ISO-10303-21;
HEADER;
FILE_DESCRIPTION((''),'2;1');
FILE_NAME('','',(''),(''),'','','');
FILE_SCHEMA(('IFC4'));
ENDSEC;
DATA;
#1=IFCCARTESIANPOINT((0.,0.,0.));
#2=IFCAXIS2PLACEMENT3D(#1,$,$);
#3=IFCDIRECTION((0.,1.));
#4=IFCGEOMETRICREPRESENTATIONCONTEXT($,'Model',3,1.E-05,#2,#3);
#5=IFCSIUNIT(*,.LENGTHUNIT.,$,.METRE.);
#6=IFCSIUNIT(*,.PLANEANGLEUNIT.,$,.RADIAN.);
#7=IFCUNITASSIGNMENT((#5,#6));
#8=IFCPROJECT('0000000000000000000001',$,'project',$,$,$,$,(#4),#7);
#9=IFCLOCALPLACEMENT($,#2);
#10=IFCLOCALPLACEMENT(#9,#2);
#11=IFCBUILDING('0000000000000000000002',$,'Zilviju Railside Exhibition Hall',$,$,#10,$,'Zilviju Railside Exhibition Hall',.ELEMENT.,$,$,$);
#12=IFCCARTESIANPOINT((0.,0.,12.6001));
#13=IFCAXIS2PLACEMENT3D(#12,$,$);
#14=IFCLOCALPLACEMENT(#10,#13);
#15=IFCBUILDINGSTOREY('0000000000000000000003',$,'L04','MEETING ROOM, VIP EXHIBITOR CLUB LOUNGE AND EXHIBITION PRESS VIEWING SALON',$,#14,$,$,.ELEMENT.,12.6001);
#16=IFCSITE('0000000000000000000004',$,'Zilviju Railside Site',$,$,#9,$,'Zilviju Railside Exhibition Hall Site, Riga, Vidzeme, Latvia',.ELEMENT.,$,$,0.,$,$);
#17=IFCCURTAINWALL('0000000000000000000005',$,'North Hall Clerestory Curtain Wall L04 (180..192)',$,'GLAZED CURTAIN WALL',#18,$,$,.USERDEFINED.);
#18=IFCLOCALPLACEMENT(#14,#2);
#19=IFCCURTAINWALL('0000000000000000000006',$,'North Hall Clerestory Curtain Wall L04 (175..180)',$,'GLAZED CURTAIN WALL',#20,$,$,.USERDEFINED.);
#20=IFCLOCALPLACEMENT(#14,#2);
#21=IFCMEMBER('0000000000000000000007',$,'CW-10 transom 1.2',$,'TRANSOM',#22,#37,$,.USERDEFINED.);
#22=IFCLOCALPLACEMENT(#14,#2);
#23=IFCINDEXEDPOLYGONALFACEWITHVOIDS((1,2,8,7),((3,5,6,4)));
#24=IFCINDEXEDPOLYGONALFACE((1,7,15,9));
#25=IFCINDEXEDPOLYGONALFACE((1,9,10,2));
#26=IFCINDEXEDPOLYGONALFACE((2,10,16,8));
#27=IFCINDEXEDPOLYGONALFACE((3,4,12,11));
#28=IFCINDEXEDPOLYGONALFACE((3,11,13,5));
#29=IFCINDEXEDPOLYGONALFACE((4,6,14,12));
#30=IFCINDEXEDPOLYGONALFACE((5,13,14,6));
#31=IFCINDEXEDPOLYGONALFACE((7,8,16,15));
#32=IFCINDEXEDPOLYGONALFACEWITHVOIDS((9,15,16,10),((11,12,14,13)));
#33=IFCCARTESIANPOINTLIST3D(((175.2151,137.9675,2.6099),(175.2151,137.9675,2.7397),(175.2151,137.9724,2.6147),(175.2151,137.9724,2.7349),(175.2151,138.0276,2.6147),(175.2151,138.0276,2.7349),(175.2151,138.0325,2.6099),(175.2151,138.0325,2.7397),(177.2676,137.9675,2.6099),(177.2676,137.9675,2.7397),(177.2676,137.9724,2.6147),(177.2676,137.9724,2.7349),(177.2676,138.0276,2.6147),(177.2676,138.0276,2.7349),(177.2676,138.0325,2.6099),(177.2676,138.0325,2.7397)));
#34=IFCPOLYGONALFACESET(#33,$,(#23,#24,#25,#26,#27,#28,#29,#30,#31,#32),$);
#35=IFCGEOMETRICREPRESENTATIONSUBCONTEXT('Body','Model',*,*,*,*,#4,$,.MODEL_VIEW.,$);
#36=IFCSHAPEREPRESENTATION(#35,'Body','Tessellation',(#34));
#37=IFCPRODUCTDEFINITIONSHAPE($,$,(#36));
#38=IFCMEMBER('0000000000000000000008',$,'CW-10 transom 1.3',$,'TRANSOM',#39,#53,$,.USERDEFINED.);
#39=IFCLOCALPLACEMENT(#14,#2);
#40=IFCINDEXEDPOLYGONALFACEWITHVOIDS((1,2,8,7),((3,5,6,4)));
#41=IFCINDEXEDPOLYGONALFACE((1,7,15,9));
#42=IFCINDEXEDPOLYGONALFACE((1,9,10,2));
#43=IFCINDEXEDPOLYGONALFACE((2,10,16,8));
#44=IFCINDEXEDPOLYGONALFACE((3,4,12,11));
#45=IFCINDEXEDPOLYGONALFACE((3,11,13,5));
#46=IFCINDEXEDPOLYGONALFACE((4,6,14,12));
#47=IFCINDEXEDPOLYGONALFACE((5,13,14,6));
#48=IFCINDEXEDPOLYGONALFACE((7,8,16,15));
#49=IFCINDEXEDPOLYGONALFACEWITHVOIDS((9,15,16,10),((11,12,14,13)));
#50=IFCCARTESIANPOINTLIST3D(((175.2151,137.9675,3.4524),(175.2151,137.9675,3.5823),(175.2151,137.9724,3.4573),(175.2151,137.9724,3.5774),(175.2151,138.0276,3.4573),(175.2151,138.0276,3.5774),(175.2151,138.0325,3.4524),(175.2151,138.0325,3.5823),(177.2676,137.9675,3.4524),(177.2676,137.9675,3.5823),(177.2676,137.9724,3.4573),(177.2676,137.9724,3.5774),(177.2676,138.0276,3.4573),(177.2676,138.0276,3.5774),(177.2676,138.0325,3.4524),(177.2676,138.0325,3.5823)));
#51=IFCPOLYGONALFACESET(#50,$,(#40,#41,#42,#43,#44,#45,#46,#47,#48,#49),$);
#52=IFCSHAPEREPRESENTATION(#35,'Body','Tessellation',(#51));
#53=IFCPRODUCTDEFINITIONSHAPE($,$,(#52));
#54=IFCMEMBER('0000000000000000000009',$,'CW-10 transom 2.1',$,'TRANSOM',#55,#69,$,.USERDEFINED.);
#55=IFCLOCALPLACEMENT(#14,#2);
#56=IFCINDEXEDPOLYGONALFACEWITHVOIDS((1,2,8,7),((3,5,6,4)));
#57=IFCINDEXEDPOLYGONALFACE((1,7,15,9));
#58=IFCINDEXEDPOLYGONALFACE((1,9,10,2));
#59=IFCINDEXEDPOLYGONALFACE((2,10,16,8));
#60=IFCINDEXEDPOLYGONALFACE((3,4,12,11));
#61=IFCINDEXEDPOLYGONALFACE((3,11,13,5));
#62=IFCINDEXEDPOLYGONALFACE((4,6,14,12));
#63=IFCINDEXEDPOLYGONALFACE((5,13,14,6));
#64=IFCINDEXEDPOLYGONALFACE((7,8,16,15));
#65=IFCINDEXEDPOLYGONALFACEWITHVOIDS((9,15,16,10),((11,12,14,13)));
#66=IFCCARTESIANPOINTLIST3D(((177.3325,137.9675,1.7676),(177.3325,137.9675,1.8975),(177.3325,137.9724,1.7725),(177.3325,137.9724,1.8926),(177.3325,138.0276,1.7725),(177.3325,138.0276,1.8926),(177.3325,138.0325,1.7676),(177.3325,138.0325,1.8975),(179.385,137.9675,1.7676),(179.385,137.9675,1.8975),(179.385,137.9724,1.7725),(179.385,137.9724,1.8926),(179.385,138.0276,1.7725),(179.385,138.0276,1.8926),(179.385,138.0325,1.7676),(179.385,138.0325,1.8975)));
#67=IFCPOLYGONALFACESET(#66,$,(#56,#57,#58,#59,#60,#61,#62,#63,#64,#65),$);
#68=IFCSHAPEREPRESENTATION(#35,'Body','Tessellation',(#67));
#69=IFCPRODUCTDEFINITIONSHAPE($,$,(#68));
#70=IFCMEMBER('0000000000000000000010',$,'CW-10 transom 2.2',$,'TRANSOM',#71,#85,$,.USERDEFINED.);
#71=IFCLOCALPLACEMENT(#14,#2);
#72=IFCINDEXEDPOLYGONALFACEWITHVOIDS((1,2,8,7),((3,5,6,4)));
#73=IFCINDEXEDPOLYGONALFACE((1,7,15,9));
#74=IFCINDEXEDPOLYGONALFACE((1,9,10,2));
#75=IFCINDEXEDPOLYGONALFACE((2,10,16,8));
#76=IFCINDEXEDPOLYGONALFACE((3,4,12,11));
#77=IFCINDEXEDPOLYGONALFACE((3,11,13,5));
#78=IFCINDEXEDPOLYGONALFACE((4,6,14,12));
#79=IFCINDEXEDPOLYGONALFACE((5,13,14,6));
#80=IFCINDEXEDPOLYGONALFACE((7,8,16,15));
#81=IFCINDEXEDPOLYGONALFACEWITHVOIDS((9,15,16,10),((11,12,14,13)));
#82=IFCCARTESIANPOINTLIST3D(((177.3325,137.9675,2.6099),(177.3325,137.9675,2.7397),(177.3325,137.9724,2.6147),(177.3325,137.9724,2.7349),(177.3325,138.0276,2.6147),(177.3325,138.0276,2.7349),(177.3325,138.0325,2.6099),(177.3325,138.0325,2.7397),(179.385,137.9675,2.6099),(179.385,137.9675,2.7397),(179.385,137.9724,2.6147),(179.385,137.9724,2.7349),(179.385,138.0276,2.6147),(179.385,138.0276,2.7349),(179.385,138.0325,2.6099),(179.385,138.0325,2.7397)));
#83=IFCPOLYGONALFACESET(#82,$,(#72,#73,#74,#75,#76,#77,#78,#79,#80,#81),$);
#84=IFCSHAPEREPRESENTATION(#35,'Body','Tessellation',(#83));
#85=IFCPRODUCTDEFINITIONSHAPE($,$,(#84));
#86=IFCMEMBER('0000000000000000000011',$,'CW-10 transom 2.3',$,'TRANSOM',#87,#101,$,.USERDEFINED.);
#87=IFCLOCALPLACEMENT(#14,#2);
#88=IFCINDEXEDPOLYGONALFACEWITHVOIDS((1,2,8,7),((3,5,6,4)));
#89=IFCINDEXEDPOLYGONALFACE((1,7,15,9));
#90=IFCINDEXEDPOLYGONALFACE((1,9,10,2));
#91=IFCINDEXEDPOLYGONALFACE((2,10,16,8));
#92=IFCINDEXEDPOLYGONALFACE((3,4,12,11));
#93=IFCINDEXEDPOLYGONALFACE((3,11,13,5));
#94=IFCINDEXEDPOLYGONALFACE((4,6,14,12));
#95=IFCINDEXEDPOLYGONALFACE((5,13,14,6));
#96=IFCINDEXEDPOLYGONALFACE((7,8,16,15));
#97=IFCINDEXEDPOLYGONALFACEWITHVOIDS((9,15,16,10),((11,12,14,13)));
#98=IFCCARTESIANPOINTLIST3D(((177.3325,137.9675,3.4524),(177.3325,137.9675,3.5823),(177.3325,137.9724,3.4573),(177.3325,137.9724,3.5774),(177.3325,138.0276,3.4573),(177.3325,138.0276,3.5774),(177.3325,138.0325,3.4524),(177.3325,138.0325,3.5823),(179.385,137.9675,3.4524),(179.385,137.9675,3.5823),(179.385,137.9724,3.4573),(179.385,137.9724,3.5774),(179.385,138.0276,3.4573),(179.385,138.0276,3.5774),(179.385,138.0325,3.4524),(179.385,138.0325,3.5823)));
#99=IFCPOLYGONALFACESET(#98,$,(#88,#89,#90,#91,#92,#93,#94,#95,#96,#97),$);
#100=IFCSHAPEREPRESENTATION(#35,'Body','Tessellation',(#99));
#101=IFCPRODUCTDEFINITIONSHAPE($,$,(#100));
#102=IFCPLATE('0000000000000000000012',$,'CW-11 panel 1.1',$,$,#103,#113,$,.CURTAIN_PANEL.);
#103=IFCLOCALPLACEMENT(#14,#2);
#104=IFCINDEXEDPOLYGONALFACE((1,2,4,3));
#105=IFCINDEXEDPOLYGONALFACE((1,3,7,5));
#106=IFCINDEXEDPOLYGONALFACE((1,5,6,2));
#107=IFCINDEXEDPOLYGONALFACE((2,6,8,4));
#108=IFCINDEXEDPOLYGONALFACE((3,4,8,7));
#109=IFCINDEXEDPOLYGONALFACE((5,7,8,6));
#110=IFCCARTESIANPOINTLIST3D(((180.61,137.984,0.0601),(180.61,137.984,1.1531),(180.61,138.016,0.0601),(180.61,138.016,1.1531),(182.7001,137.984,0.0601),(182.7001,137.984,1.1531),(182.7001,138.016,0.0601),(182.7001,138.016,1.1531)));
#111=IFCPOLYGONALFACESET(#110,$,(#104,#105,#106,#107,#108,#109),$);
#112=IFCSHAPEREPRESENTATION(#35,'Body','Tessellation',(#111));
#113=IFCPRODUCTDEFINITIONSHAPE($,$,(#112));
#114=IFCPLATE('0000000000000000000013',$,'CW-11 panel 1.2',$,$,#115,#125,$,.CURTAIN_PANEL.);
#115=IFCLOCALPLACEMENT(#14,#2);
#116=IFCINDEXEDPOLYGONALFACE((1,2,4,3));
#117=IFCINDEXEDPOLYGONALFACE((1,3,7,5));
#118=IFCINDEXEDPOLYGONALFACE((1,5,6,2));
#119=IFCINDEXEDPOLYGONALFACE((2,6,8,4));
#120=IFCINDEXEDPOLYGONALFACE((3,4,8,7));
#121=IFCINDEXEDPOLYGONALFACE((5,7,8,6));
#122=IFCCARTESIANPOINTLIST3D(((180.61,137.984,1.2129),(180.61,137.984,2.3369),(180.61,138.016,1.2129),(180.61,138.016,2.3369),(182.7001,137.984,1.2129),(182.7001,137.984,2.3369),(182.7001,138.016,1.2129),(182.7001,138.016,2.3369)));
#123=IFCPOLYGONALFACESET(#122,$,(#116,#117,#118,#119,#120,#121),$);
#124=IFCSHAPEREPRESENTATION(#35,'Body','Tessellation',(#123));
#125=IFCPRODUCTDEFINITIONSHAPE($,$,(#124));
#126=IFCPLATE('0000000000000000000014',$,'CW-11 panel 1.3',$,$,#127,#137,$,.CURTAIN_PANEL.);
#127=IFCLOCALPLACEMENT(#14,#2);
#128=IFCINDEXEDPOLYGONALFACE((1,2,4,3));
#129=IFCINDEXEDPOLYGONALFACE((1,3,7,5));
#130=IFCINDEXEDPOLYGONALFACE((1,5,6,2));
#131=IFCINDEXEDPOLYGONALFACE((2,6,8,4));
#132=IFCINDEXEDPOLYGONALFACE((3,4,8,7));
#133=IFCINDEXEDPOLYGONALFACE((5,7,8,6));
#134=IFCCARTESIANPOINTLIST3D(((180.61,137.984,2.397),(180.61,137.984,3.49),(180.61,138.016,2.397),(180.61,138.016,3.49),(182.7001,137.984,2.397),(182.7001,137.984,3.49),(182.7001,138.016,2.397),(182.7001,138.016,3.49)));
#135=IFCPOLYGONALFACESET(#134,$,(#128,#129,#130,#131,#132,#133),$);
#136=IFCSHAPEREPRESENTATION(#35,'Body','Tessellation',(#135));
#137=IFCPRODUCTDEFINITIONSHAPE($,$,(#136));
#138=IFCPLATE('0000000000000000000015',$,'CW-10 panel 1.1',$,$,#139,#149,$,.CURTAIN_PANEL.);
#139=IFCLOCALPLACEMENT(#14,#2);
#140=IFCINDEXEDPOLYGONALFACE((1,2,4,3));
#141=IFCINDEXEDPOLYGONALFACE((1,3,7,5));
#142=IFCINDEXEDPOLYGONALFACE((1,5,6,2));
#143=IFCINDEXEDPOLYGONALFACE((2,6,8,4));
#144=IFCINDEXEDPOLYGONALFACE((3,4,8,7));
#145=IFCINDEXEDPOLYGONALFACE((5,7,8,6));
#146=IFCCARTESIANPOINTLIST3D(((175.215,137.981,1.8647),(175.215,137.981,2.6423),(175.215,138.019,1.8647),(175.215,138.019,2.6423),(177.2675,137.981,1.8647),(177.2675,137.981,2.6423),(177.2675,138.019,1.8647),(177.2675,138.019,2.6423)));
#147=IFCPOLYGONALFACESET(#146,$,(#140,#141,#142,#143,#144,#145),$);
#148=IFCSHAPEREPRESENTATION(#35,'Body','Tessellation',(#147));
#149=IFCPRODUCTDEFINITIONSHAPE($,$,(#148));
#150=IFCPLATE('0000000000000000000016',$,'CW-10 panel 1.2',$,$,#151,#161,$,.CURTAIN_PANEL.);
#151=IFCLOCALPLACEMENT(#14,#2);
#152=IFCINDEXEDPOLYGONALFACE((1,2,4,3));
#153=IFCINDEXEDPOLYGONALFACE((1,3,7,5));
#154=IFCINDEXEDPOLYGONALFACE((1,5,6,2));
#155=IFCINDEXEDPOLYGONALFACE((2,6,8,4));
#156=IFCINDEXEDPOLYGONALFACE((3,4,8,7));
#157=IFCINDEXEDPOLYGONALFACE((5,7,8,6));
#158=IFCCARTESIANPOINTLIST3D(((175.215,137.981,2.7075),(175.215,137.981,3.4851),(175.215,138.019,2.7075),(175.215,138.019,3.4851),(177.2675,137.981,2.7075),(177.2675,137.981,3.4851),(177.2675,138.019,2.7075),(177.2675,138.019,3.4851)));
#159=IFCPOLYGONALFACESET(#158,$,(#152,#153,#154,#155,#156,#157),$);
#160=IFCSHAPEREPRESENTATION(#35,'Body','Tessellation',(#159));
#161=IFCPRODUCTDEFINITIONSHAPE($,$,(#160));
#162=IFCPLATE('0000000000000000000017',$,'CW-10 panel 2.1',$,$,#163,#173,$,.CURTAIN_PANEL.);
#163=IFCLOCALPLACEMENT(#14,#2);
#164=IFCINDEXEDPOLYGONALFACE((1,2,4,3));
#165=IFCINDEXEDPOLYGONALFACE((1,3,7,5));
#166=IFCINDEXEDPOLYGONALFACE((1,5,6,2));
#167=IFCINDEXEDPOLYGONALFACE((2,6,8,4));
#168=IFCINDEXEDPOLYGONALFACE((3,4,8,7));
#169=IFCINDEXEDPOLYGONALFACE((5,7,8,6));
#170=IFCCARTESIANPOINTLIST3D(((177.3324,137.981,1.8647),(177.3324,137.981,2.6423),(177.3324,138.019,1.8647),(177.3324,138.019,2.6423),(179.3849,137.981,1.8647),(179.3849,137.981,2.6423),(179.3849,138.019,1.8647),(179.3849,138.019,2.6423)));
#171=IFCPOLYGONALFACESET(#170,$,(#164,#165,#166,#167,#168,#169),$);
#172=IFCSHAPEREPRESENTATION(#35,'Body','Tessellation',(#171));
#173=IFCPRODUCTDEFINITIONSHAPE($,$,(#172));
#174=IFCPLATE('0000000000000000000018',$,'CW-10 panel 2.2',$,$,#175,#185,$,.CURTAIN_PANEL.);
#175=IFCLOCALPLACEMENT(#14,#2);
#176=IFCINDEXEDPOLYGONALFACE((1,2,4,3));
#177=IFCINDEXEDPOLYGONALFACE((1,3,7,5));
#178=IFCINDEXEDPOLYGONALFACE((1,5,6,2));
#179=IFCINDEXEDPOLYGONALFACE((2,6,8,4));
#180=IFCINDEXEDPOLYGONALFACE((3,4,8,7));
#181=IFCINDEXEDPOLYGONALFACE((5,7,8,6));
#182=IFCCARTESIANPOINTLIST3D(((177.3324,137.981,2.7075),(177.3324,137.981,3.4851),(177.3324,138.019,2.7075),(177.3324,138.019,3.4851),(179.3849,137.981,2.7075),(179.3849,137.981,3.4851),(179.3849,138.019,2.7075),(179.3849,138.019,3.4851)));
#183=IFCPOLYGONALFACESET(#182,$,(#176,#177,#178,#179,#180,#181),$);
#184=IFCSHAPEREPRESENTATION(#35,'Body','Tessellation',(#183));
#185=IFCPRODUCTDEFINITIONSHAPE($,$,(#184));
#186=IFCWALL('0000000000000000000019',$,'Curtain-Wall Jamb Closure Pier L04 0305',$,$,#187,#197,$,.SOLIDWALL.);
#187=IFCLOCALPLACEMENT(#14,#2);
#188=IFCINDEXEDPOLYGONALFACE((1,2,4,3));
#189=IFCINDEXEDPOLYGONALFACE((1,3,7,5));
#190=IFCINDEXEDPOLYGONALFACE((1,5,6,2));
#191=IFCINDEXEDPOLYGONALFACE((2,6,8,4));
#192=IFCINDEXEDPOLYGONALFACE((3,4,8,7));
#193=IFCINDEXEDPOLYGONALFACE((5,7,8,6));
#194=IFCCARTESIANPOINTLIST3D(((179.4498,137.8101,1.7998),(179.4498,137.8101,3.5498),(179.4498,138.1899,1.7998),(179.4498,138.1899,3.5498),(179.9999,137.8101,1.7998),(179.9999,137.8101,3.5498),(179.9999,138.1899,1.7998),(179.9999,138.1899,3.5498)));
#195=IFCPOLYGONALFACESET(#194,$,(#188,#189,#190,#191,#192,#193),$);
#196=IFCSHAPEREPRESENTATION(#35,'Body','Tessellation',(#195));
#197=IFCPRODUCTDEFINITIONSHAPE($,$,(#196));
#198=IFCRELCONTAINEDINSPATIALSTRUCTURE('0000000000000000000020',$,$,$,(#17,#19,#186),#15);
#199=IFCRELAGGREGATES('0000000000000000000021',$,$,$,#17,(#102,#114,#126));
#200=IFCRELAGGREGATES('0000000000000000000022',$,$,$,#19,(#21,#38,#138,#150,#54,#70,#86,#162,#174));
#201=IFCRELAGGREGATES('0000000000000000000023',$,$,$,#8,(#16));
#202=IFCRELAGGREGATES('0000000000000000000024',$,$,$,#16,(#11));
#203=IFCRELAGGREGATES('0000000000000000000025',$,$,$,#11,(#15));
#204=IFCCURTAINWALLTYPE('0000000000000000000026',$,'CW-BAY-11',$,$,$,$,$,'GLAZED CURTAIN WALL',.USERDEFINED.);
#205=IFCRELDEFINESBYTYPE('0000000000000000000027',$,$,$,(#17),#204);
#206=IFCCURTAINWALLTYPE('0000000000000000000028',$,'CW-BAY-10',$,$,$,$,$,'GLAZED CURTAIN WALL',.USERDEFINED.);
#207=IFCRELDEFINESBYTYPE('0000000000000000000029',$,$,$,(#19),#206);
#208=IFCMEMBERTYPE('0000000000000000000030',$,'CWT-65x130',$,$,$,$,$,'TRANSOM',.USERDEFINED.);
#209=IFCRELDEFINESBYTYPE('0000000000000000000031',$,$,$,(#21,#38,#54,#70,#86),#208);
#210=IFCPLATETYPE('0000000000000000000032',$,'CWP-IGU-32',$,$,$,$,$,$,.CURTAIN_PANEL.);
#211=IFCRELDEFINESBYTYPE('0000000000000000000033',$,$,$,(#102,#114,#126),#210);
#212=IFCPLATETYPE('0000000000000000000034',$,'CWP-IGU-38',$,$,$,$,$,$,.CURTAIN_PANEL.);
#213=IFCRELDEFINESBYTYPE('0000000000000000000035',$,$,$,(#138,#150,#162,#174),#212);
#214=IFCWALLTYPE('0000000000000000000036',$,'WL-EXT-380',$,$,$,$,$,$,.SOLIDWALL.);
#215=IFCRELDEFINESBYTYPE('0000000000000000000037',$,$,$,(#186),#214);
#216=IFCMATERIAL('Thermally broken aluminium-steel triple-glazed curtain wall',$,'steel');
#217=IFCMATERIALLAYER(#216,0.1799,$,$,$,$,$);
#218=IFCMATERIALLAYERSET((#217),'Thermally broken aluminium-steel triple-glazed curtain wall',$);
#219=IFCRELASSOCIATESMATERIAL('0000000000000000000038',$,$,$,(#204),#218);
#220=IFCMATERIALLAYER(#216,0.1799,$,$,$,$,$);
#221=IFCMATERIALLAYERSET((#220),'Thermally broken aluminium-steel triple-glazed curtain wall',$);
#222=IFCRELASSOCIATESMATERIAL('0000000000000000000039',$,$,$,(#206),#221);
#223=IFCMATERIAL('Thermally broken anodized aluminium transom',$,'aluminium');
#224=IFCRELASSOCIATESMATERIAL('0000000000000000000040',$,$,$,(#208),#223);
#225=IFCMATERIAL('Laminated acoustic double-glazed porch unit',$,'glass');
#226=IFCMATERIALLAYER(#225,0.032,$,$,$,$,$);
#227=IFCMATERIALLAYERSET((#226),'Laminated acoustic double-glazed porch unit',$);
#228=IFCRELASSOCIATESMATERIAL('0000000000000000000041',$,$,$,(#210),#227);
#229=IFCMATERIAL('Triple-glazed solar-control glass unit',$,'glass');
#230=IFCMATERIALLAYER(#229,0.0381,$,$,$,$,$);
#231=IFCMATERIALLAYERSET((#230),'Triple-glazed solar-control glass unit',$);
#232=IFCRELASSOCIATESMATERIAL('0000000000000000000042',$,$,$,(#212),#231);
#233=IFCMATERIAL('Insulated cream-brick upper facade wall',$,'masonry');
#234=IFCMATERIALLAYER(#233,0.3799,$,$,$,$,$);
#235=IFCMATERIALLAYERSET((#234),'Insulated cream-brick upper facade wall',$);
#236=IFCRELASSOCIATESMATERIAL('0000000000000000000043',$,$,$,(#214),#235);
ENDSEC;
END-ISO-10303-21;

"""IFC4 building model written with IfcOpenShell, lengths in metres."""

from ifc_helpers import new_model, si_unit, direction, frame, frame_2d, origin, origin_2d, place, context, subcontext, project, spatial, rectangle, hollow_rectangle, extrude, material, layer, layer_set, material_profile, profile_set, type_object, element, aggregate, save


model = new_model("IFC4")

# Units and contexts
model_context = context("Model", 3, precision=1e-05, world=origin(), true_north=direction((0.0, 1.0)))
body_context = subcontext(model_context, "Body", "Model", "MODEL_VIEW")
ifc_project = project(units=[si_unit("LENGTHUNIT", "METRE"), si_unit("PLANEANGLEUNIT", "RADIAN")], contexts=[model_context])

# Site, building, storey
site_placement = place(None, origin())
site = spatial("IfcSite", under=ifc_project, at=site_placement, Name="Zilviju Railside Site", LongName="Zilviju Railside Exhibition Hall Site, Riga, Vidzeme, Latvia", CompositionType="ELEMENT", RefElevation=0.0)
building_placement = place(site_placement, origin())
building = spatial("IfcBuilding", under=site, at=building_placement, Name="Zilviju Railside Exhibition Hall", LongName="Zilviju Railside Exhibition Hall", CompositionType="ELEMENT")
storey_placement = place(building_placement, frame((0.0, 0.0, 12.6001)))
storey = spatial("IfcBuildingStorey", under=building, at=storey_placement, Name="L04", Description="MEETING ROOM, VIP EXHIBITOR CLUB LOUNGE AND EXHIBITION PRESS VIEWING SALON", CompositionType="ELEMENT", Elevation=12.6001)

# Curtain walls
ifc_material_1 = material(Name="Thermally broken aluminium-steel triple-glazed curtain wall", Category="steel")
ifc_layer_1 = layer(ifc_material_1, 0.1799)
ifc_layer_set_1 = layer_set([ifc_layer_1], Name="Thermally broken aluminium-steel triple-glazed curtain wall")
curtain_wall_type_1 = type_object("IfcCurtainWallType", Name="CW-BAY-11", ElementType="GLAZED CURTAIN WALL", PredefinedType="USERDEFINED", material=ifc_layer_set_1)
curtain_wall_1_placement = place(storey_placement, origin())
curtain_wall_1 = element("IfcCurtainWall", 1, at=curtain_wall_1_placement, inside=storey, type_object=curtain_wall_type_1, Name="North Hall Clerestory Curtain Wall L04 (180..192)", ObjectType="GLAZED CURTAIN WALL", PredefinedType="USERDEFINED")
ifc_layer_2 = layer(ifc_material_1, 0.1799)
ifc_layer_set_2 = layer_set([ifc_layer_2], Name="Thermally broken aluminium-steel triple-glazed curtain wall")
curtain_wall_type_2 = type_object("IfcCurtainWallType", Name="CW-BAY-10", ElementType="GLAZED CURTAIN WALL", PredefinedType="USERDEFINED", material=ifc_layer_set_2)
curtain_wall_2_placement = place(storey_placement, origin())
curtain_wall_2 = element("IfcCurtainWall", 2, at=curtain_wall_2_placement, inside=storey, type_object=curtain_wall_type_2, Name="North Hall Clerestory Curtain Wall L04 (175..180)", ObjectType="GLAZED CURTAIN WALL", PredefinedType="USERDEFINED")

# Members
ifc_material_2 = material(Name="Thermally broken anodized aluminium transom", Category="aluminium")
ifc_material_profile_1 = material_profile(ifc_material_2, hollow_rectangle(XDim=0.0649, YDim=0.1299, WallThickness=0.0049, at=origin_2d()), Name="TRANSOM 130x65x5")
ifc_profile_set_1 = profile_set([ifc_material_profile_1], Name="Thermally broken anodized aluminium transom")
member_type_1 = type_object("IfcMemberType", Name="CWT-65x130", ElementType="TRANSOM", PredefinedType="USERDEFINED", material=ifc_profile_set_1)
member_1_placement = place(storey_placement, frame((175.2151, 138.0, 2.6748), z_axis=(1.0, 0.0, 0.0), x_axis=(0.0, 1.0, 0.0)))
member_1 = element("IfcMember", 3, at=member_1_placement, type_object=member_type_1, Name="CW-10 transom 1.2", ObjectType="TRANSOM", PredefinedType="USERDEFINED", context=body_context, shape_type="SweptSolid", body=[
    extrude(hollow_rectangle(XDim=0.0649, YDim=0.1299, WallThickness=0.0049, at=origin_2d()), origin(), (0.0, 0.0, 1.0), 2.0525),
])
member_2_placement = place(storey_placement, frame((175.2151, 138.0, 3.5173), z_axis=(1.0, 0.0, 0.0), x_axis=(0.0, 1.0, 0.0)))
member_2 = element("IfcMember", 4, at=member_2_placement, type_object=member_type_1, Name="CW-10 transom 1.3", ObjectType="TRANSOM", PredefinedType="USERDEFINED", context=body_context, shape_type="SweptSolid", body=[
    extrude(hollow_rectangle(XDim=0.0649, YDim=0.1299, WallThickness=0.0049, at=origin_2d()), origin(), (0.0, 0.0, 1.0), 2.0525),
])
member_3_placement = place(storey_placement, frame((177.3325, 138.0, 1.8325), z_axis=(1.0, 0.0, 0.0), x_axis=(0.0, 1.0, 0.0)))
member_3 = element("IfcMember", 5, at=member_3_placement, type_object=member_type_1, Name="CW-10 transom 2.1", ObjectType="TRANSOM", PredefinedType="USERDEFINED", context=body_context, shape_type="SweptSolid", body=[
    extrude(hollow_rectangle(XDim=0.0649, YDim=0.1299, WallThickness=0.0049, at=origin_2d()), origin(), (0.0, 0.0, 1.0), 2.0525),
])
member_4_placement = place(storey_placement, frame((177.3325, 138.0, 2.6748), z_axis=(1.0, 0.0, 0.0), x_axis=(0.0, 1.0, 0.0)))
member_4 = element("IfcMember", 6, at=member_4_placement, type_object=member_type_1, Name="CW-10 transom 2.2", ObjectType="TRANSOM", PredefinedType="USERDEFINED", context=body_context, shape_type="SweptSolid", body=[
    extrude(hollow_rectangle(XDim=0.0649, YDim=0.1299, WallThickness=0.0049, at=origin_2d()), origin(), (0.0, 0.0, 1.0), 2.0525),
])
member_5_placement = place(storey_placement, frame((177.3325, 138.0, 3.5173), z_axis=(1.0, 0.0, 0.0), x_axis=(0.0, 1.0, 0.0)))
member_5 = element("IfcMember", 7, at=member_5_placement, type_object=member_type_1, Name="CW-10 transom 2.3", ObjectType="TRANSOM", PredefinedType="USERDEFINED", context=body_context, shape_type="SweptSolid", body=[
    extrude(hollow_rectangle(XDim=0.0649, YDim=0.1299, WallThickness=0.0049, at=origin_2d()), origin(), (0.0, 0.0, 1.0), 2.0525),
])

# Plates
ifc_material_3 = material(Name="Laminated acoustic double-glazed porch unit", Category="glass")
ifc_layer_3 = layer(ifc_material_3, 0.032)
ifc_layer_set_3 = layer_set([ifc_layer_3], Name="Laminated acoustic double-glazed porch unit")
plate_type_1 = type_object("IfcPlateType", Name="CWP-IGU-32", PredefinedType="CURTAIN_PANEL", material=ifc_layer_set_3)
plate_1_placement = place(storey_placement, frame((181.655, 138.0, 0.0601), z_axis=(0.0, 0.0, 1.0), x_axis=(1.0, 0.0, 0.0)))
plate_1 = element("IfcPlate", 8, at=plate_1_placement, type_object=plate_type_1, Name="CW-11 panel 1.1", PredefinedType="CURTAIN_PANEL", context=body_context, shape_type="SweptSolid", body=[
    extrude(rectangle(XDim=2.0901, YDim=0.032, at=origin_2d()), origin(), (0.0, 0.0, 1.0), 1.093),
])
plate_2_placement = place(storey_placement, frame((181.655, 138.0, 1.2129), z_axis=(0.0, 0.0, 1.0), x_axis=(1.0, 0.0, 0.0)))
plate_2 = element("IfcPlate", 9, at=plate_2_placement, type_object=plate_type_1, Name="CW-11 panel 1.2", PredefinedType="CURTAIN_PANEL", context=body_context, shape_type="SweptSolid", body=[
    extrude(rectangle(XDim=2.0901, YDim=0.032, at=origin_2d()), origin(), (0.0, 0.0, 1.0), 1.124),
])
plate_3_placement = place(storey_placement, frame((181.655, 138.0, 2.397), z_axis=(0.0, 0.0, 1.0), x_axis=(1.0, 0.0, 0.0)))
plate_3 = element("IfcPlate", 10, at=plate_3_placement, type_object=plate_type_1, Name="CW-11 panel 1.3", PredefinedType="CURTAIN_PANEL", context=body_context, shape_type="SweptSolid", body=[
    extrude(rectangle(XDim=2.0901, YDim=0.032, at=origin_2d()), origin(), (0.0, 0.0, 1.0), 1.093),
])
aggregate(curtain_wall_1, [plate_1, plate_2, plate_3])
ifc_material_4 = material(Name="Triple-glazed solar-control glass unit", Category="glass")
ifc_layer_4 = layer(ifc_material_4, 0.0381)
ifc_layer_set_4 = layer_set([ifc_layer_4], Name="Triple-glazed solar-control glass unit")
plate_type_2 = type_object("IfcPlateType", Name="CWP-IGU-38", PredefinedType="CURTAIN_PANEL", material=ifc_layer_set_4)
plate_4_placement = place(storey_placement, frame((176.2412, 138.0, 1.8647), z_axis=(0.0, 0.0, 1.0), x_axis=(1.0, 0.0, 0.0)))
plate_4 = element("IfcPlate", 11, at=plate_4_placement, type_object=plate_type_2, Name="CW-10 panel 1.1", PredefinedType="CURTAIN_PANEL", context=body_context, shape_type="SweptSolid", body=[
    extrude(rectangle(XDim=2.0525, YDim=0.0381, at=origin_2d()), origin(), (0.0, 0.0, 1.0), 0.7776),
])
plate_5_placement = place(storey_placement, frame((176.2412, 138.0, 2.7075), z_axis=(0.0, 0.0, 1.0), x_axis=(1.0, 0.0, 0.0)))
plate_5 = element("IfcPlate", 12, at=plate_5_placement, type_object=plate_type_2, Name="CW-10 panel 1.2", PredefinedType="CURTAIN_PANEL", context=body_context, shape_type="SweptSolid", body=[
    extrude(rectangle(XDim=2.0525, YDim=0.0381, at=origin_2d()), origin(), (0.0, 0.0, 1.0), 0.7776),
])
plate_6_placement = place(storey_placement, frame((178.3586, 138.0, 1.8647), z_axis=(0.0, 0.0, 1.0), x_axis=(1.0, 0.0, 0.0)))
plate_6 = element("IfcPlate", 13, at=plate_6_placement, type_object=plate_type_2, Name="CW-10 panel 2.1", PredefinedType="CURTAIN_PANEL", context=body_context, shape_type="SweptSolid", body=[
    extrude(rectangle(XDim=2.0525, YDim=0.0381, at=origin_2d()), origin(), (0.0, 0.0, 1.0), 0.7776),
])
plate_7_placement = place(storey_placement, frame((178.3586, 138.0, 2.7075), z_axis=(0.0, 0.0, 1.0), x_axis=(1.0, 0.0, 0.0)))
plate_7 = element("IfcPlate", 14, at=plate_7_placement, type_object=plate_type_2, Name="CW-10 panel 2.2", PredefinedType="CURTAIN_PANEL", context=body_context, shape_type="SweptSolid", body=[
    extrude(rectangle(XDim=2.0525, YDim=0.0381, at=origin_2d()), origin(), (0.0, 0.0, 1.0), 0.7776),
])
aggregate(curtain_wall_2, [member_1, member_2, plate_4, plate_5, member_3, member_4, member_5, plate_6, plate_7])

# Wall
ifc_material_5 = material(Name="Insulated cream-brick upper facade wall", Category="masonry")
ifc_layer_5 = layer(ifc_material_5, 0.3799)
ifc_layer_set_5 = layer_set([ifc_layer_5], Name="Insulated cream-brick upper facade wall")
wall_type = type_object("IfcWallType", Name="WL-EXT-380", PredefinedType="SOLIDWALL", material=ifc_layer_set_5)
wall_1_placement = place(storey_placement, frame((179.45, 138.0, 1.7998), z_axis=(0.0, 0.0, 1.0), x_axis=(1.0, 0.0, 0.0)))
element("IfcWall", 15, at=wall_1_placement, inside=storey, type_object=wall_type, Name="Curtain-Wall Jamb Closure Pier L04 0305", PredefinedType="SOLIDWALL", context=body_context, shape_type="SweptSolid", body=[
    extrude(rectangle(XDim=0.55, YDim=0.3799, at=frame_2d((0.2749, 0.0))), origin(), (0.0, 0.0, 1.0), 1.75),
])

save(model, "model.ifc")
